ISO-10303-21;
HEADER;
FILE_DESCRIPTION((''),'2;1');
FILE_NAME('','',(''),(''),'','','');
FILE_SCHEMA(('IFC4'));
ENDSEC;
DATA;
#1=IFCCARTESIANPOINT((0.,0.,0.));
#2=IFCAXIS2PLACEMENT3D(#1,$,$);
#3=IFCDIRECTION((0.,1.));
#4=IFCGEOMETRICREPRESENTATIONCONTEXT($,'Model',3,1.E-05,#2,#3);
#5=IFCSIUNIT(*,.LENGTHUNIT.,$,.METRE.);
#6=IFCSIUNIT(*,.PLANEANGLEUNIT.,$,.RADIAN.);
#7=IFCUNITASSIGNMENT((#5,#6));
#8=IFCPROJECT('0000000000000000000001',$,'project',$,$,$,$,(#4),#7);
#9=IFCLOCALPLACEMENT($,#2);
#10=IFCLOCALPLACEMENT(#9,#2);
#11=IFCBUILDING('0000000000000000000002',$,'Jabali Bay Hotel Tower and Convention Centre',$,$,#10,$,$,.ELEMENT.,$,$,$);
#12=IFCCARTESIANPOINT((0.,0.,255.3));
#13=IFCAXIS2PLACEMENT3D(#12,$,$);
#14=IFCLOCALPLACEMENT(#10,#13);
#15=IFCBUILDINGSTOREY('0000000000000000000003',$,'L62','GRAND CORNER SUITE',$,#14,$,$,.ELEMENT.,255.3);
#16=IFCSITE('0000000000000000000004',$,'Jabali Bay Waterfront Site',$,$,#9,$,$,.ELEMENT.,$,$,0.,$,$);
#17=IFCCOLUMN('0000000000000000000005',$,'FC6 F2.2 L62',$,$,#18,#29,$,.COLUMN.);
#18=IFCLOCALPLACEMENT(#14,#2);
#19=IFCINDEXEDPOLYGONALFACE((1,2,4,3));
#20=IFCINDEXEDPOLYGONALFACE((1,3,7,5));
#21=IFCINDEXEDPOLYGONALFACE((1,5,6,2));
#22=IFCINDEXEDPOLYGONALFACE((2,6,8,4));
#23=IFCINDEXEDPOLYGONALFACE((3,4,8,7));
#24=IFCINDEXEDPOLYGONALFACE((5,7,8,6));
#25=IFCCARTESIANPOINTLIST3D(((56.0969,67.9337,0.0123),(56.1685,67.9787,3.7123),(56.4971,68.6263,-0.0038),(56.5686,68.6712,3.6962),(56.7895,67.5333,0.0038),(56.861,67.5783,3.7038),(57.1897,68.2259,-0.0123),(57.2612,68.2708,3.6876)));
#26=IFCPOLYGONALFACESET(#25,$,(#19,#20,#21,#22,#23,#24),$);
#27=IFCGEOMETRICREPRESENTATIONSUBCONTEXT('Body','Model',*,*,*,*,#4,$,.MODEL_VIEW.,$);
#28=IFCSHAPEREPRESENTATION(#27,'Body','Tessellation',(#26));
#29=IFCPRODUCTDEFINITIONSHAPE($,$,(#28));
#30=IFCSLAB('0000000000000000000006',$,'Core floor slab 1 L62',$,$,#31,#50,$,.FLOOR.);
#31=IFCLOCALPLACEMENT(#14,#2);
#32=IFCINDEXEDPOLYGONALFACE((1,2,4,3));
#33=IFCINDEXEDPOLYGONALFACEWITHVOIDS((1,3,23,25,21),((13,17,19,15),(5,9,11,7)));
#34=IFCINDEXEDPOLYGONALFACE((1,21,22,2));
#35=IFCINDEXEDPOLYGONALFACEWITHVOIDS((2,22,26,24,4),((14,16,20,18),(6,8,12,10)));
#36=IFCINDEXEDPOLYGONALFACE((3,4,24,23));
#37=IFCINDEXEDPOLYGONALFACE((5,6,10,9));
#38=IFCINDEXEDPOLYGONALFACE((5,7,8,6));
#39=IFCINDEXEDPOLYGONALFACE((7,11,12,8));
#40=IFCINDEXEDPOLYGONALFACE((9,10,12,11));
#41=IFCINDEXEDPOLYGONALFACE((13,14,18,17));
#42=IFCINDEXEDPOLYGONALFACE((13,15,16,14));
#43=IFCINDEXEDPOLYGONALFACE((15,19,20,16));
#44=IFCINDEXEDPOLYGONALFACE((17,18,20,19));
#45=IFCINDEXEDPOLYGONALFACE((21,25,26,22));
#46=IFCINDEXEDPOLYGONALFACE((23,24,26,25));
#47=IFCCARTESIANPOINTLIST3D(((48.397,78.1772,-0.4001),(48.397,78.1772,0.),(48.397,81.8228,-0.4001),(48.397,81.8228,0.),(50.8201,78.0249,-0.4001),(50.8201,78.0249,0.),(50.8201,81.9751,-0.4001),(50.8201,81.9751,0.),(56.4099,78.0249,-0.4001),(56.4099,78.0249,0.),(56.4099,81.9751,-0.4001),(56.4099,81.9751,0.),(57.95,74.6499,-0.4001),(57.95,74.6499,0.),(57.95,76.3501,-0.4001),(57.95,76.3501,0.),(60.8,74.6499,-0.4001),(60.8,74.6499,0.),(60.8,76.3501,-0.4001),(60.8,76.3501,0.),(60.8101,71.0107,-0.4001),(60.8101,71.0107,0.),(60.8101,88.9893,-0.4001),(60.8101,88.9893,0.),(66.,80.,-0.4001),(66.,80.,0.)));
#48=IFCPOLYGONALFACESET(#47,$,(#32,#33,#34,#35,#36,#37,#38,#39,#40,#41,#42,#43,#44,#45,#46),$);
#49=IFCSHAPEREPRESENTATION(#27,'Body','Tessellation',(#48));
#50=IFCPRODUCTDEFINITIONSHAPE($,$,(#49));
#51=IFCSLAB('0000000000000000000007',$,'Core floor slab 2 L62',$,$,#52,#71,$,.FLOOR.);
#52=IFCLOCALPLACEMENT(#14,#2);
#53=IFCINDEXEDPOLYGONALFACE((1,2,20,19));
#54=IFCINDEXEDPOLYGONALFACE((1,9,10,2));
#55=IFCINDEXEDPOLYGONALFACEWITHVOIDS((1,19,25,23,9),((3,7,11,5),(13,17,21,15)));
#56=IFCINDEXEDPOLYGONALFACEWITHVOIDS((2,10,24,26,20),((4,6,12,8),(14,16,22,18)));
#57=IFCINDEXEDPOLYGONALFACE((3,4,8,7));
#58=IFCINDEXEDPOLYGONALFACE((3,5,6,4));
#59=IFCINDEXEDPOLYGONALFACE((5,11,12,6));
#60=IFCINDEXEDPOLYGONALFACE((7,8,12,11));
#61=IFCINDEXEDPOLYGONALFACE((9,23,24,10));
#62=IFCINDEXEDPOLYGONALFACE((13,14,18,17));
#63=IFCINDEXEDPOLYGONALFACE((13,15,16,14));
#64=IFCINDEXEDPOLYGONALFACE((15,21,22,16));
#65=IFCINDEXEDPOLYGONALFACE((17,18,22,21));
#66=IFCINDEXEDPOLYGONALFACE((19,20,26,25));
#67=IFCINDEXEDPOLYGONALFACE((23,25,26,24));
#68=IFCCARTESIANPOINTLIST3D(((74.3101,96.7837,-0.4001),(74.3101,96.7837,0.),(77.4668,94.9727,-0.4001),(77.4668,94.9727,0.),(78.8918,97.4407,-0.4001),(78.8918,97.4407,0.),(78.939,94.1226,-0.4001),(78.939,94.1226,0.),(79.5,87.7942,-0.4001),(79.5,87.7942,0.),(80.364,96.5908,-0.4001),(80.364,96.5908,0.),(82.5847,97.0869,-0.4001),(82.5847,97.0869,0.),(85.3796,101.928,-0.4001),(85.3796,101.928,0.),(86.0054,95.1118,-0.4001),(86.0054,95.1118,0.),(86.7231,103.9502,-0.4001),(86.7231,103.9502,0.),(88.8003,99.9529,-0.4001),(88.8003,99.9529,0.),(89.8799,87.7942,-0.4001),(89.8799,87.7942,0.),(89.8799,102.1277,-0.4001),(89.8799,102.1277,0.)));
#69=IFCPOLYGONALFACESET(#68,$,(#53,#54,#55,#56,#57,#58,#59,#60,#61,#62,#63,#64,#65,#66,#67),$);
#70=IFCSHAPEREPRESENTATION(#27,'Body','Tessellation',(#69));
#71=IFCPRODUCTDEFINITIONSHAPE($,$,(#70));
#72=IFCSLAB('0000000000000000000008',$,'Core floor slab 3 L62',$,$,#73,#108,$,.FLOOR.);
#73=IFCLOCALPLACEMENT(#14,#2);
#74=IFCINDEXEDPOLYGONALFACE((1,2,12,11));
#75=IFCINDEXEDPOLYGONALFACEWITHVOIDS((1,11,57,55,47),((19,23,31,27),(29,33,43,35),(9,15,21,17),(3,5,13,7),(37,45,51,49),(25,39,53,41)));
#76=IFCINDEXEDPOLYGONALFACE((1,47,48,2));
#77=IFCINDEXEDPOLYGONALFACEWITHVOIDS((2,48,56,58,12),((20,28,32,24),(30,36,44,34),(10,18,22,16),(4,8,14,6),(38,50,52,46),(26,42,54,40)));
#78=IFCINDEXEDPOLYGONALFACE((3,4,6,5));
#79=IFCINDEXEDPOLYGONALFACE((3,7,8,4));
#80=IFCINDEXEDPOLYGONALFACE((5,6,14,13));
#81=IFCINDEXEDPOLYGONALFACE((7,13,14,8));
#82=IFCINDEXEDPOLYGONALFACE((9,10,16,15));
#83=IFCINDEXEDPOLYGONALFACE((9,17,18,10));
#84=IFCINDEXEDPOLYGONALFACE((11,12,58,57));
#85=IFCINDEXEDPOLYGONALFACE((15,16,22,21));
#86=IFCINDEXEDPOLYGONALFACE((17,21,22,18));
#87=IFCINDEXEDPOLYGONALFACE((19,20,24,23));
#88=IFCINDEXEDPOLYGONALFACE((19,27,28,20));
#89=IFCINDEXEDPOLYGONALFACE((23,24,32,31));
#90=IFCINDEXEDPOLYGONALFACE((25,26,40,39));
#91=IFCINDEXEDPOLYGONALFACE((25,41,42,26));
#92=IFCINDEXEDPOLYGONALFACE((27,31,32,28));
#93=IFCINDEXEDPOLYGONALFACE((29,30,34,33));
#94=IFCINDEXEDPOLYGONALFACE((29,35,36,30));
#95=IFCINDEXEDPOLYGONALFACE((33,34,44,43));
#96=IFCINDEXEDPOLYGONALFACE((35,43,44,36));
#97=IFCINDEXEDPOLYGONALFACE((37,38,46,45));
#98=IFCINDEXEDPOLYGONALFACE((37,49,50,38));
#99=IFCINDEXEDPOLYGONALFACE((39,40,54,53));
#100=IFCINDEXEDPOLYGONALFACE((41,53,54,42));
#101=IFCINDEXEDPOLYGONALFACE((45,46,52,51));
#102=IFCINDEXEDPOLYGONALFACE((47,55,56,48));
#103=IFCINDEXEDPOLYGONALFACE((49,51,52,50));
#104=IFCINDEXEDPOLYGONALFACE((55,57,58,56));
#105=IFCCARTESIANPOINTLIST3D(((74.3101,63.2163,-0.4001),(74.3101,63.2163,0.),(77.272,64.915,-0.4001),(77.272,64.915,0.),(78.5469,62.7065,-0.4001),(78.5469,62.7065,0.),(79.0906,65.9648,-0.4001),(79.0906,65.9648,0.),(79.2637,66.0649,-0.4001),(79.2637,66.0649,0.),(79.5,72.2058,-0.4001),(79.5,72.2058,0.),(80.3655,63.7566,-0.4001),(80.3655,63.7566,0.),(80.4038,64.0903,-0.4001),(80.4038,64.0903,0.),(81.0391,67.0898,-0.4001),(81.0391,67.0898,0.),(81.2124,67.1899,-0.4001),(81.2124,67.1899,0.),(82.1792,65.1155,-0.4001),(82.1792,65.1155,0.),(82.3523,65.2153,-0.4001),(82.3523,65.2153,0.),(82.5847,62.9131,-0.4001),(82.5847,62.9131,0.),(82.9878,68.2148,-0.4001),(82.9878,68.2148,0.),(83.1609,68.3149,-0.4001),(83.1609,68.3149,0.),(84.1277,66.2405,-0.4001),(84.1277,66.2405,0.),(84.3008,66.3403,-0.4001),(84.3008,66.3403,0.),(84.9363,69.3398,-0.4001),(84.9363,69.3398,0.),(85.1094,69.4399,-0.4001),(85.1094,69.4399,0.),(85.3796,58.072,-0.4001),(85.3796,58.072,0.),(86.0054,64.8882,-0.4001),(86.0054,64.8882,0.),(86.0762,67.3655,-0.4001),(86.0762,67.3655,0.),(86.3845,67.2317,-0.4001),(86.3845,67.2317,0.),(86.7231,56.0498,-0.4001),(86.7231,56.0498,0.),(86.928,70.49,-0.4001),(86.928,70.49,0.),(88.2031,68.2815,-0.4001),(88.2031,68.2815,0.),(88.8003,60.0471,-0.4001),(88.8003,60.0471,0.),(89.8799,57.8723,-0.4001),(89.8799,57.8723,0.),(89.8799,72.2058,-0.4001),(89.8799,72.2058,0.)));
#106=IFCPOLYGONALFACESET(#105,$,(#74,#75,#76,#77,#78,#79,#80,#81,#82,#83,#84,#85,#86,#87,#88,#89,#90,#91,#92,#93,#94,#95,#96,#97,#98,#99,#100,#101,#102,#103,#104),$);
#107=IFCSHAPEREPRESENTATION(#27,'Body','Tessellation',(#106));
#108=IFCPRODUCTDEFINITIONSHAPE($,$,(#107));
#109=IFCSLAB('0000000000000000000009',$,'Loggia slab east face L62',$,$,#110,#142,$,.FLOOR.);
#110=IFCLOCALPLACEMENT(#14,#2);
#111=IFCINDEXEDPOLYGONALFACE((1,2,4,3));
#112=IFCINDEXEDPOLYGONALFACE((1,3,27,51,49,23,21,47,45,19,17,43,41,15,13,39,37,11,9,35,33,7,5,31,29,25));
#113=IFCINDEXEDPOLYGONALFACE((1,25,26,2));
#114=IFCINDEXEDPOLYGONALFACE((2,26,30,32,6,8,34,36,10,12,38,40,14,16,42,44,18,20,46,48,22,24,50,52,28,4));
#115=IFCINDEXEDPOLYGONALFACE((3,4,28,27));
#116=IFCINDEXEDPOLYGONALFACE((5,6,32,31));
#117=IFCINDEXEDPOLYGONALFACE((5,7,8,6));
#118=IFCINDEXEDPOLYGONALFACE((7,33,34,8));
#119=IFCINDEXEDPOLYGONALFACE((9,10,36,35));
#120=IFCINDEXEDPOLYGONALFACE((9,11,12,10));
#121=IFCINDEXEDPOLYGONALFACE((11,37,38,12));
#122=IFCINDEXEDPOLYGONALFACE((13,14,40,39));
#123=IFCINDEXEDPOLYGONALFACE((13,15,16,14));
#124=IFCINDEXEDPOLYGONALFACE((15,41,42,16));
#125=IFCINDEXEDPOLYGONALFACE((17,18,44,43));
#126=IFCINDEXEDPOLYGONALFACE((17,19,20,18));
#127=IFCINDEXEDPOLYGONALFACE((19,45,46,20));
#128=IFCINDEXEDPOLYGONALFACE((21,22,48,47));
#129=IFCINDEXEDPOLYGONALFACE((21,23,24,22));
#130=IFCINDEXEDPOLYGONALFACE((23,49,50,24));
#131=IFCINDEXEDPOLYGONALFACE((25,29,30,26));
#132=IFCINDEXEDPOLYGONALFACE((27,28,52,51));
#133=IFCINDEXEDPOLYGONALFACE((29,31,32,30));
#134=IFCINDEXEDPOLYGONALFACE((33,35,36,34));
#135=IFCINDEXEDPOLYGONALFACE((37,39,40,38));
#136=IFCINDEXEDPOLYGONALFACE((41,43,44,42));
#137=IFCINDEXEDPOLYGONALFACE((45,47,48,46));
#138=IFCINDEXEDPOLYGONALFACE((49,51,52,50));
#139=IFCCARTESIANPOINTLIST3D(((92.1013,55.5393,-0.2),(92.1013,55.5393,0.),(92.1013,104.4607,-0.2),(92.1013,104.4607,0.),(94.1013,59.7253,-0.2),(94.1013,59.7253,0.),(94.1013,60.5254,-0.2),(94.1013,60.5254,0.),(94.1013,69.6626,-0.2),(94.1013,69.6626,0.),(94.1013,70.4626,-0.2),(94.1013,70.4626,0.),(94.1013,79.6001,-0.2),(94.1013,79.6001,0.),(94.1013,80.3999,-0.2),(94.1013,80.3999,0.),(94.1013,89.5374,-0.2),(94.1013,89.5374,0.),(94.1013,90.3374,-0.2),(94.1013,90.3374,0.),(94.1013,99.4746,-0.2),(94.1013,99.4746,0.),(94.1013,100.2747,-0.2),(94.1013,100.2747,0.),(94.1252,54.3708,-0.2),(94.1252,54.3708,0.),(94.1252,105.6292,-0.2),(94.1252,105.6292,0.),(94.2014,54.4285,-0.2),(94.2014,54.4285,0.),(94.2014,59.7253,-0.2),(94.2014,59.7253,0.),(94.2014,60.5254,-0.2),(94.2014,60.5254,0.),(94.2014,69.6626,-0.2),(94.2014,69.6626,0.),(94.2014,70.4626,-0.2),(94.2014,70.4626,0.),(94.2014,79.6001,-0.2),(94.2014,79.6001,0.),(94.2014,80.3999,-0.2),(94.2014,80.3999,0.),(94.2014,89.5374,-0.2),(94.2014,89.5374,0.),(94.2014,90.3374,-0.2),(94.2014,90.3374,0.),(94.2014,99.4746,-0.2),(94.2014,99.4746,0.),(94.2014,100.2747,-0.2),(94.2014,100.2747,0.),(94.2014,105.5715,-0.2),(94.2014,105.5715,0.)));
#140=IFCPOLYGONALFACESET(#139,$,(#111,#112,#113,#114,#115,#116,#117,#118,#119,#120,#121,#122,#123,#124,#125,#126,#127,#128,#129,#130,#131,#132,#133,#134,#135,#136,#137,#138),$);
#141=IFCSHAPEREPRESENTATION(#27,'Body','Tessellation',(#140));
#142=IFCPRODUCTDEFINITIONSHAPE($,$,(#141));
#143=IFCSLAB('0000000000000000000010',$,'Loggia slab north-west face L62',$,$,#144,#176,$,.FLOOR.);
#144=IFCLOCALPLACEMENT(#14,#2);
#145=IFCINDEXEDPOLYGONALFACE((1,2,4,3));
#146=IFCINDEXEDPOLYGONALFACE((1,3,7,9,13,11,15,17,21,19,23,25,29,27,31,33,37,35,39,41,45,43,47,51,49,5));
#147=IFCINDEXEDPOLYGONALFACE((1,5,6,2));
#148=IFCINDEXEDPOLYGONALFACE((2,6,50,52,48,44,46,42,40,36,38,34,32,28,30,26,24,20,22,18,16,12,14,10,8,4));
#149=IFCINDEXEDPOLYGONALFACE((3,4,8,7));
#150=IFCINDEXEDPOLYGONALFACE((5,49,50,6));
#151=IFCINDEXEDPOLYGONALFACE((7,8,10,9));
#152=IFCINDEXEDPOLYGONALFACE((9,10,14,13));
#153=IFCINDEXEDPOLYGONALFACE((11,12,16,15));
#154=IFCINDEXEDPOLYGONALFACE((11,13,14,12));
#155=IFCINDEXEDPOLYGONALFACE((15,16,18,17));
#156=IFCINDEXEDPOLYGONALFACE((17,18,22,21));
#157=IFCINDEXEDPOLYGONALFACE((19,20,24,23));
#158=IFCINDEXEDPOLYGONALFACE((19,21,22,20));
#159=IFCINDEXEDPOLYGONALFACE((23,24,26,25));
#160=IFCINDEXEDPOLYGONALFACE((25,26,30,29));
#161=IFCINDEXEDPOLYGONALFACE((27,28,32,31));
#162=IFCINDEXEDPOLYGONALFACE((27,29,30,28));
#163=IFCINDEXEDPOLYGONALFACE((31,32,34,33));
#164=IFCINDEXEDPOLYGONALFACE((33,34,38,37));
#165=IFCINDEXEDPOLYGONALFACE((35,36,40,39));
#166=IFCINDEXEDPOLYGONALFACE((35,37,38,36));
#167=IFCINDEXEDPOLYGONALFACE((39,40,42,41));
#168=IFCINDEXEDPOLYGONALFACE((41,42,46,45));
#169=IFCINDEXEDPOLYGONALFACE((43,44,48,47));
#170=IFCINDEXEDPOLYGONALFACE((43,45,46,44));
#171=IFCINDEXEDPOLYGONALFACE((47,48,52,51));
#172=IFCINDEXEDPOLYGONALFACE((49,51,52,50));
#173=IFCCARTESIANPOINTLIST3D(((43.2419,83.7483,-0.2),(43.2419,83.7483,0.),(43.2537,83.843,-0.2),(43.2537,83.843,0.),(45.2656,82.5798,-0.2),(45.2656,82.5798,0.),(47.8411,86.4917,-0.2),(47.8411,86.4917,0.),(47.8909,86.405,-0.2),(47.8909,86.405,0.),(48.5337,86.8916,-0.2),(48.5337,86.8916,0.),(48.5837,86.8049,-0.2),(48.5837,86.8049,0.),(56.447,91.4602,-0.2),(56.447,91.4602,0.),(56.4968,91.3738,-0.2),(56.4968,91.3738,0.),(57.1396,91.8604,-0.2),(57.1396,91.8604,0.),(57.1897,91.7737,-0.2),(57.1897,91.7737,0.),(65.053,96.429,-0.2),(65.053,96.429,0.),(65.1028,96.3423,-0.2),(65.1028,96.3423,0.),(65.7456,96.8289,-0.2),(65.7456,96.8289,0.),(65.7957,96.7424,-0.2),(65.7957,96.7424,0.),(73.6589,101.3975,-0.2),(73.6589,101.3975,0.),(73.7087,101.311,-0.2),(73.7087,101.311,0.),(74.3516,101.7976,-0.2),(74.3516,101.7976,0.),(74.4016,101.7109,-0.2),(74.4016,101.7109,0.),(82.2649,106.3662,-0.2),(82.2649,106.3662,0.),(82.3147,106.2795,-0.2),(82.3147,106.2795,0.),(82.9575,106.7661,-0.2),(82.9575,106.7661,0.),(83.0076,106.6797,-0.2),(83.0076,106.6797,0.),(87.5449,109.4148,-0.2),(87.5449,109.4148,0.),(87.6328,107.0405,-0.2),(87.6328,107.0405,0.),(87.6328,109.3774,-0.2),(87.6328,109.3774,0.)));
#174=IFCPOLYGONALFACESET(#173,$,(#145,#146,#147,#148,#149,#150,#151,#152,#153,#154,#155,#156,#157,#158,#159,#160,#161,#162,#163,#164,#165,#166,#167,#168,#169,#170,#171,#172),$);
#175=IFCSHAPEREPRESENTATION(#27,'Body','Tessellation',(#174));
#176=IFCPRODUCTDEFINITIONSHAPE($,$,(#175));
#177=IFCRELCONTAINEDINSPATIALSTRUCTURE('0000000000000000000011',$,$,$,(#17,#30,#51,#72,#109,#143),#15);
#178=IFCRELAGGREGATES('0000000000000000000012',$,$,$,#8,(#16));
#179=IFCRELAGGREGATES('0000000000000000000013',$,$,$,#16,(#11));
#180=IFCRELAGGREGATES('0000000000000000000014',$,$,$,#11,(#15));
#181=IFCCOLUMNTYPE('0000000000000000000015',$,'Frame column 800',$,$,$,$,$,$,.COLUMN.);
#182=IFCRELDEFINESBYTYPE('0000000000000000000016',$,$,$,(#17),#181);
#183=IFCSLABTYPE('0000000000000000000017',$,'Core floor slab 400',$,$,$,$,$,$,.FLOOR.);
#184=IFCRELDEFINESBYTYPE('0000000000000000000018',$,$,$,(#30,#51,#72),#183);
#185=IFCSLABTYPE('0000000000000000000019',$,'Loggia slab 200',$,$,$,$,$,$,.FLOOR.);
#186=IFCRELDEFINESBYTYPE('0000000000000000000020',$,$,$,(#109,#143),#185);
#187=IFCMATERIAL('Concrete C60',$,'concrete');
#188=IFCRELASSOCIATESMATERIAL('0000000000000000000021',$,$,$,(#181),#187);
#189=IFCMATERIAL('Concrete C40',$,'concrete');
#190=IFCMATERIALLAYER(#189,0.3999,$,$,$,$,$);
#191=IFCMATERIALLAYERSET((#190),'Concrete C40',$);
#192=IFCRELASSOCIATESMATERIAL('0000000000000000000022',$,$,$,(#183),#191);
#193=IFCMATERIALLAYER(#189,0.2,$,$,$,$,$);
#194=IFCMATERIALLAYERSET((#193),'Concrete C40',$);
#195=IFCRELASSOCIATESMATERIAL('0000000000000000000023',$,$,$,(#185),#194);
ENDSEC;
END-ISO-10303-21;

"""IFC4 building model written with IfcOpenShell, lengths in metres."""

from ifc_helpers import new_model, si_unit, direction, frame, origin, origin_2d, place, context, subcontext, project, spatial, polyline, rectangle, outline, extrude, material, layer, layer_set, material_profile, profile_set, type_object, element, save


model = new_model("IFC4")

# Units and contexts
model_context = context("Model", 3, precision=1e-05, world=origin(), true_north=direction((0.0, 1.0)))
body_context = subcontext(model_context, "Body", "Model", "MODEL_VIEW")
ifc_project = project(units=[si_unit("LENGTHUNIT", "METRE"), si_unit("PLANEANGLEUNIT", "RADIAN")], contexts=[model_context])

# Site, building, storey
site_placement = place(None, origin())
site = spatial("IfcSite", under=ifc_project, at=site_placement, Name="Jabali Bay Waterfront Site", CompositionType="ELEMENT", RefElevation=0.0)
building_placement = place(site_placement, origin())
building = spatial("IfcBuilding", under=site, at=building_placement, Name="Jabali Bay Hotel Tower and Convention Centre", CompositionType="ELEMENT")
storey_placement = place(building_placement, frame((0.0, 0.0, 255.3)))
storey = spatial("IfcBuildingStorey", under=building, at=storey_placement, Name="L62", Description="GRAND CORNER SUITE", CompositionType="ELEMENT", Elevation=255.3)

# Column
ifc_material_1 = material(Name="Concrete C60", Category="concrete")
ifc_material_profile = material_profile(ifc_material_1, rectangle(XDim=0.8, YDim=0.8, at=origin_2d()), Name="Frame column 800")
ifc_profile_set = profile_set([ifc_material_profile], Name="Concrete C60")
column_type = type_object("IfcColumnType", Name="Frame column 800", PredefinedType="COLUMN", material=ifc_profile_set)
column_placement = place(storey_placement, frame((56.6433, 68.0798, 0.0), z_axis=(0.019329, 0.012138, 0.99974), x_axis=(-0.865691, 0.500465, 0.010661)))
element("IfcColumn", 1, at=column_placement, inside=storey, type_object=column_type, Name="FC6 F2.2 L62", PredefinedType="COLUMN", context=body_context, shape_type="SweptSolid", body=[
    extrude(rectangle(XDim=0.8, YDim=0.8, at=origin_2d()), origin(), (0.0, 0.0, 1.0), 3.7009),
])

# Slabs
ifc_material_2 = material(Name="Concrete C40", Category="concrete")
ifc_layer_1 = layer(ifc_material_2, 0.3999)
ifc_layer_set_1 = layer_set([ifc_layer_1], Name="Concrete C40")
slab_type_1 = type_object("IfcSlabType", Name="Core floor slab 400", PredefinedType="FLOOR", material=ifc_layer_set_1)
slab_1_placement = place(storey_placement, frame((0.0, 0.0, -0.4001)))
element("IfcSlab", 2, at=slab_1_placement, inside=storey, type_object=slab_type_1, Name="Core floor slab 1 L62", PredefinedType="FLOOR", context=body_context, shape_type="SweptSolid", body=[
    extrude(outline(polyline([(66.0, 80.0), (60.8101, 88.9893), (48.397, 81.8228), (48.397, 78.1772), (60.8101, 71.0107), (66.0, 80.0)]), holes=[polyline([(60.8, 76.3501), (57.95, 76.3501), (57.95, 74.6499), (60.8, 74.6499), (60.8, 76.3501)]), polyline([(50.8201, 81.9751), (50.8201, 78.0249), (56.4099, 78.0249), (56.4099, 81.9751), (50.8201, 81.9751)])]), origin(), (0.0, 0.0, 1.0), 0.4001),
])
slab_2_placement = place(storey_placement, frame((0.0, 0.0, -0.4001)))
element("IfcSlab", 3, at=slab_2_placement, inside=storey, type_object=slab_type_1, Name="Core floor slab 2 L62", PredefinedType="FLOOR", context=body_context, shape_type="SweptSolid", body=[
    extrude(outline(polyline([(79.5, 87.7942), (89.8799, 87.7942), (89.8799, 102.1277), (86.7231, 103.9502), (74.3101, 96.7837), (79.5, 87.7942)]), holes=[polyline([(78.939, 94.1226), (80.364, 96.5908), (78.8918, 97.4407), (77.4668, 94.9727), (78.939, 94.1226)]), polyline([(88.8003, 99.9529), (85.3796, 101.928), (82.5847, 97.0869), (86.0054, 95.1118), (88.8003, 99.9529)])]), origin(), (0.0, 0.0, 1.0), 0.4001),
])
slab_3_placement = place(storey_placement, frame((0.0, 0.0, -0.4001)))
element("IfcSlab", 4, at=slab_3_placement, inside=storey, type_object=slab_type_1, Name="Core floor slab 3 L62", PredefinedType="FLOOR", context=body_context, shape_type="SweptSolid", body=[
    extrude(outline(polyline([(79.5, 72.2058), (74.3101, 63.2163), (86.7231, 56.0498), (89.8799, 57.8723), (89.8799, 72.2058), (79.5, 72.2058)]), holes=[polyline([(82.5847, 62.9131), (85.3796, 58.072), (88.8003, 60.0471), (86.0054, 64.8882), (82.5847, 62.9131)]), polyline([(80.3655, 63.7566), (79.0906, 65.9648), (77.272, 64.915), (78.5469, 62.7065), (80.3655, 63.7566)]), polyline([(82.1792, 65.1155), (81.0391, 67.0898), (79.2637, 66.0649), (80.4038, 64.0903), (82.1792, 65.1155)]), polyline([(82.9878, 68.2148), (81.2124, 67.1899), (82.3523, 65.2153), (84.1277, 66.2405), (82.9878, 68.2148)]), polyline([(86.0762, 67.3655), (84.9363, 69.3398), (83.1609, 68.3149), (84.3008, 66.3403), (86.0762, 67.3655)]), polyline([(88.2031, 68.2815), (86.928, 70.49), (85.1094, 69.4399), (86.3845, 67.2317), (88.2031, 68.2815)])]), origin(), (0.0, 0.0, 1.0), 0.4001),
])
ifc_layer_2 = layer(ifc_material_2, 0.2)
ifc_layer_set_2 = layer_set([ifc_layer_2], Name="Concrete C40")
slab_type_2 = type_object("IfcSlabType", Name="Loggia slab 200", PredefinedType="FLOOR", material=ifc_layer_set_2)
slab_4_placement = place(storey_placement, frame((0.0, 0.0, -0.2)))
element("IfcSlab", 5, at=slab_4_placement, inside=storey, type_object=slab_type_2, Name="Loggia slab east face L62", PredefinedType="FLOOR", context=body_context, shape_type="SweptSolid", body=[
    extrude(outline(polyline([(92.1013, 104.4607), (94.1252, 105.6292), (94.2014, 105.5715), (94.2014, 100.2747), (94.1013, 100.2747), (94.1013, 99.4746), (94.2014, 99.4746), (94.2014, 90.3374), (94.1013, 90.3374), (94.1013, 89.5374), (94.2014, 89.5374), (94.2014, 80.3999), (94.1013, 80.3999), (94.1013, 79.6001), (94.2014, 79.6001), (94.2014, 70.4626), (94.1013, 70.4626), (94.1013, 69.6626), (94.2014, 69.6626), (94.2014, 60.5254), (94.1013, 60.5254), (94.1013, 59.7253), (94.2014, 59.7253), (94.2014, 54.4285), (94.1252, 54.3708), (92.1013, 55.5393), (92.1013, 104.4607)])), origin(), (0.0, 0.0, 1.0), 0.2),
])
slab_5_placement = place(storey_placement, frame((0.0, 0.0, -0.2)))
element("IfcSlab", 6, at=slab_5_placement, inside=storey, type_object=slab_type_2, Name="Loggia slab north-west face L62", PredefinedType="FLOOR", context=body_context, shape_type="SweptSolid", body=[
    extrude(outline(polyline([(45.2656, 82.5798), (43.2419, 83.7483), (43.2537, 83.843), (47.8411, 86.4917), (47.8909, 86.405), (48.5837, 86.8049), (48.5337, 86.8916), (56.447, 91.4602), (56.4968, 91.3738), (57.1897, 91.7737), (57.1396, 91.8604), (65.053, 96.429), (65.1028, 96.3423), (65.7957, 96.7424), (65.7456, 96.8289), (73.6589, 101.3975), (73.7087, 101.311), (74.4016, 101.7109), (74.3516, 101.7976), (82.2649, 106.3662), (82.3147, 106.2795), (83.0076, 106.6797), (82.9575, 106.7661), (87.5449, 109.4148), (87.6328, 109.3774), (87.6328, 107.0405), (45.2656, 82.5798)])), origin(), (0.0, 0.0, 1.0), 0.2),
])

save(model, "model.ifc")
